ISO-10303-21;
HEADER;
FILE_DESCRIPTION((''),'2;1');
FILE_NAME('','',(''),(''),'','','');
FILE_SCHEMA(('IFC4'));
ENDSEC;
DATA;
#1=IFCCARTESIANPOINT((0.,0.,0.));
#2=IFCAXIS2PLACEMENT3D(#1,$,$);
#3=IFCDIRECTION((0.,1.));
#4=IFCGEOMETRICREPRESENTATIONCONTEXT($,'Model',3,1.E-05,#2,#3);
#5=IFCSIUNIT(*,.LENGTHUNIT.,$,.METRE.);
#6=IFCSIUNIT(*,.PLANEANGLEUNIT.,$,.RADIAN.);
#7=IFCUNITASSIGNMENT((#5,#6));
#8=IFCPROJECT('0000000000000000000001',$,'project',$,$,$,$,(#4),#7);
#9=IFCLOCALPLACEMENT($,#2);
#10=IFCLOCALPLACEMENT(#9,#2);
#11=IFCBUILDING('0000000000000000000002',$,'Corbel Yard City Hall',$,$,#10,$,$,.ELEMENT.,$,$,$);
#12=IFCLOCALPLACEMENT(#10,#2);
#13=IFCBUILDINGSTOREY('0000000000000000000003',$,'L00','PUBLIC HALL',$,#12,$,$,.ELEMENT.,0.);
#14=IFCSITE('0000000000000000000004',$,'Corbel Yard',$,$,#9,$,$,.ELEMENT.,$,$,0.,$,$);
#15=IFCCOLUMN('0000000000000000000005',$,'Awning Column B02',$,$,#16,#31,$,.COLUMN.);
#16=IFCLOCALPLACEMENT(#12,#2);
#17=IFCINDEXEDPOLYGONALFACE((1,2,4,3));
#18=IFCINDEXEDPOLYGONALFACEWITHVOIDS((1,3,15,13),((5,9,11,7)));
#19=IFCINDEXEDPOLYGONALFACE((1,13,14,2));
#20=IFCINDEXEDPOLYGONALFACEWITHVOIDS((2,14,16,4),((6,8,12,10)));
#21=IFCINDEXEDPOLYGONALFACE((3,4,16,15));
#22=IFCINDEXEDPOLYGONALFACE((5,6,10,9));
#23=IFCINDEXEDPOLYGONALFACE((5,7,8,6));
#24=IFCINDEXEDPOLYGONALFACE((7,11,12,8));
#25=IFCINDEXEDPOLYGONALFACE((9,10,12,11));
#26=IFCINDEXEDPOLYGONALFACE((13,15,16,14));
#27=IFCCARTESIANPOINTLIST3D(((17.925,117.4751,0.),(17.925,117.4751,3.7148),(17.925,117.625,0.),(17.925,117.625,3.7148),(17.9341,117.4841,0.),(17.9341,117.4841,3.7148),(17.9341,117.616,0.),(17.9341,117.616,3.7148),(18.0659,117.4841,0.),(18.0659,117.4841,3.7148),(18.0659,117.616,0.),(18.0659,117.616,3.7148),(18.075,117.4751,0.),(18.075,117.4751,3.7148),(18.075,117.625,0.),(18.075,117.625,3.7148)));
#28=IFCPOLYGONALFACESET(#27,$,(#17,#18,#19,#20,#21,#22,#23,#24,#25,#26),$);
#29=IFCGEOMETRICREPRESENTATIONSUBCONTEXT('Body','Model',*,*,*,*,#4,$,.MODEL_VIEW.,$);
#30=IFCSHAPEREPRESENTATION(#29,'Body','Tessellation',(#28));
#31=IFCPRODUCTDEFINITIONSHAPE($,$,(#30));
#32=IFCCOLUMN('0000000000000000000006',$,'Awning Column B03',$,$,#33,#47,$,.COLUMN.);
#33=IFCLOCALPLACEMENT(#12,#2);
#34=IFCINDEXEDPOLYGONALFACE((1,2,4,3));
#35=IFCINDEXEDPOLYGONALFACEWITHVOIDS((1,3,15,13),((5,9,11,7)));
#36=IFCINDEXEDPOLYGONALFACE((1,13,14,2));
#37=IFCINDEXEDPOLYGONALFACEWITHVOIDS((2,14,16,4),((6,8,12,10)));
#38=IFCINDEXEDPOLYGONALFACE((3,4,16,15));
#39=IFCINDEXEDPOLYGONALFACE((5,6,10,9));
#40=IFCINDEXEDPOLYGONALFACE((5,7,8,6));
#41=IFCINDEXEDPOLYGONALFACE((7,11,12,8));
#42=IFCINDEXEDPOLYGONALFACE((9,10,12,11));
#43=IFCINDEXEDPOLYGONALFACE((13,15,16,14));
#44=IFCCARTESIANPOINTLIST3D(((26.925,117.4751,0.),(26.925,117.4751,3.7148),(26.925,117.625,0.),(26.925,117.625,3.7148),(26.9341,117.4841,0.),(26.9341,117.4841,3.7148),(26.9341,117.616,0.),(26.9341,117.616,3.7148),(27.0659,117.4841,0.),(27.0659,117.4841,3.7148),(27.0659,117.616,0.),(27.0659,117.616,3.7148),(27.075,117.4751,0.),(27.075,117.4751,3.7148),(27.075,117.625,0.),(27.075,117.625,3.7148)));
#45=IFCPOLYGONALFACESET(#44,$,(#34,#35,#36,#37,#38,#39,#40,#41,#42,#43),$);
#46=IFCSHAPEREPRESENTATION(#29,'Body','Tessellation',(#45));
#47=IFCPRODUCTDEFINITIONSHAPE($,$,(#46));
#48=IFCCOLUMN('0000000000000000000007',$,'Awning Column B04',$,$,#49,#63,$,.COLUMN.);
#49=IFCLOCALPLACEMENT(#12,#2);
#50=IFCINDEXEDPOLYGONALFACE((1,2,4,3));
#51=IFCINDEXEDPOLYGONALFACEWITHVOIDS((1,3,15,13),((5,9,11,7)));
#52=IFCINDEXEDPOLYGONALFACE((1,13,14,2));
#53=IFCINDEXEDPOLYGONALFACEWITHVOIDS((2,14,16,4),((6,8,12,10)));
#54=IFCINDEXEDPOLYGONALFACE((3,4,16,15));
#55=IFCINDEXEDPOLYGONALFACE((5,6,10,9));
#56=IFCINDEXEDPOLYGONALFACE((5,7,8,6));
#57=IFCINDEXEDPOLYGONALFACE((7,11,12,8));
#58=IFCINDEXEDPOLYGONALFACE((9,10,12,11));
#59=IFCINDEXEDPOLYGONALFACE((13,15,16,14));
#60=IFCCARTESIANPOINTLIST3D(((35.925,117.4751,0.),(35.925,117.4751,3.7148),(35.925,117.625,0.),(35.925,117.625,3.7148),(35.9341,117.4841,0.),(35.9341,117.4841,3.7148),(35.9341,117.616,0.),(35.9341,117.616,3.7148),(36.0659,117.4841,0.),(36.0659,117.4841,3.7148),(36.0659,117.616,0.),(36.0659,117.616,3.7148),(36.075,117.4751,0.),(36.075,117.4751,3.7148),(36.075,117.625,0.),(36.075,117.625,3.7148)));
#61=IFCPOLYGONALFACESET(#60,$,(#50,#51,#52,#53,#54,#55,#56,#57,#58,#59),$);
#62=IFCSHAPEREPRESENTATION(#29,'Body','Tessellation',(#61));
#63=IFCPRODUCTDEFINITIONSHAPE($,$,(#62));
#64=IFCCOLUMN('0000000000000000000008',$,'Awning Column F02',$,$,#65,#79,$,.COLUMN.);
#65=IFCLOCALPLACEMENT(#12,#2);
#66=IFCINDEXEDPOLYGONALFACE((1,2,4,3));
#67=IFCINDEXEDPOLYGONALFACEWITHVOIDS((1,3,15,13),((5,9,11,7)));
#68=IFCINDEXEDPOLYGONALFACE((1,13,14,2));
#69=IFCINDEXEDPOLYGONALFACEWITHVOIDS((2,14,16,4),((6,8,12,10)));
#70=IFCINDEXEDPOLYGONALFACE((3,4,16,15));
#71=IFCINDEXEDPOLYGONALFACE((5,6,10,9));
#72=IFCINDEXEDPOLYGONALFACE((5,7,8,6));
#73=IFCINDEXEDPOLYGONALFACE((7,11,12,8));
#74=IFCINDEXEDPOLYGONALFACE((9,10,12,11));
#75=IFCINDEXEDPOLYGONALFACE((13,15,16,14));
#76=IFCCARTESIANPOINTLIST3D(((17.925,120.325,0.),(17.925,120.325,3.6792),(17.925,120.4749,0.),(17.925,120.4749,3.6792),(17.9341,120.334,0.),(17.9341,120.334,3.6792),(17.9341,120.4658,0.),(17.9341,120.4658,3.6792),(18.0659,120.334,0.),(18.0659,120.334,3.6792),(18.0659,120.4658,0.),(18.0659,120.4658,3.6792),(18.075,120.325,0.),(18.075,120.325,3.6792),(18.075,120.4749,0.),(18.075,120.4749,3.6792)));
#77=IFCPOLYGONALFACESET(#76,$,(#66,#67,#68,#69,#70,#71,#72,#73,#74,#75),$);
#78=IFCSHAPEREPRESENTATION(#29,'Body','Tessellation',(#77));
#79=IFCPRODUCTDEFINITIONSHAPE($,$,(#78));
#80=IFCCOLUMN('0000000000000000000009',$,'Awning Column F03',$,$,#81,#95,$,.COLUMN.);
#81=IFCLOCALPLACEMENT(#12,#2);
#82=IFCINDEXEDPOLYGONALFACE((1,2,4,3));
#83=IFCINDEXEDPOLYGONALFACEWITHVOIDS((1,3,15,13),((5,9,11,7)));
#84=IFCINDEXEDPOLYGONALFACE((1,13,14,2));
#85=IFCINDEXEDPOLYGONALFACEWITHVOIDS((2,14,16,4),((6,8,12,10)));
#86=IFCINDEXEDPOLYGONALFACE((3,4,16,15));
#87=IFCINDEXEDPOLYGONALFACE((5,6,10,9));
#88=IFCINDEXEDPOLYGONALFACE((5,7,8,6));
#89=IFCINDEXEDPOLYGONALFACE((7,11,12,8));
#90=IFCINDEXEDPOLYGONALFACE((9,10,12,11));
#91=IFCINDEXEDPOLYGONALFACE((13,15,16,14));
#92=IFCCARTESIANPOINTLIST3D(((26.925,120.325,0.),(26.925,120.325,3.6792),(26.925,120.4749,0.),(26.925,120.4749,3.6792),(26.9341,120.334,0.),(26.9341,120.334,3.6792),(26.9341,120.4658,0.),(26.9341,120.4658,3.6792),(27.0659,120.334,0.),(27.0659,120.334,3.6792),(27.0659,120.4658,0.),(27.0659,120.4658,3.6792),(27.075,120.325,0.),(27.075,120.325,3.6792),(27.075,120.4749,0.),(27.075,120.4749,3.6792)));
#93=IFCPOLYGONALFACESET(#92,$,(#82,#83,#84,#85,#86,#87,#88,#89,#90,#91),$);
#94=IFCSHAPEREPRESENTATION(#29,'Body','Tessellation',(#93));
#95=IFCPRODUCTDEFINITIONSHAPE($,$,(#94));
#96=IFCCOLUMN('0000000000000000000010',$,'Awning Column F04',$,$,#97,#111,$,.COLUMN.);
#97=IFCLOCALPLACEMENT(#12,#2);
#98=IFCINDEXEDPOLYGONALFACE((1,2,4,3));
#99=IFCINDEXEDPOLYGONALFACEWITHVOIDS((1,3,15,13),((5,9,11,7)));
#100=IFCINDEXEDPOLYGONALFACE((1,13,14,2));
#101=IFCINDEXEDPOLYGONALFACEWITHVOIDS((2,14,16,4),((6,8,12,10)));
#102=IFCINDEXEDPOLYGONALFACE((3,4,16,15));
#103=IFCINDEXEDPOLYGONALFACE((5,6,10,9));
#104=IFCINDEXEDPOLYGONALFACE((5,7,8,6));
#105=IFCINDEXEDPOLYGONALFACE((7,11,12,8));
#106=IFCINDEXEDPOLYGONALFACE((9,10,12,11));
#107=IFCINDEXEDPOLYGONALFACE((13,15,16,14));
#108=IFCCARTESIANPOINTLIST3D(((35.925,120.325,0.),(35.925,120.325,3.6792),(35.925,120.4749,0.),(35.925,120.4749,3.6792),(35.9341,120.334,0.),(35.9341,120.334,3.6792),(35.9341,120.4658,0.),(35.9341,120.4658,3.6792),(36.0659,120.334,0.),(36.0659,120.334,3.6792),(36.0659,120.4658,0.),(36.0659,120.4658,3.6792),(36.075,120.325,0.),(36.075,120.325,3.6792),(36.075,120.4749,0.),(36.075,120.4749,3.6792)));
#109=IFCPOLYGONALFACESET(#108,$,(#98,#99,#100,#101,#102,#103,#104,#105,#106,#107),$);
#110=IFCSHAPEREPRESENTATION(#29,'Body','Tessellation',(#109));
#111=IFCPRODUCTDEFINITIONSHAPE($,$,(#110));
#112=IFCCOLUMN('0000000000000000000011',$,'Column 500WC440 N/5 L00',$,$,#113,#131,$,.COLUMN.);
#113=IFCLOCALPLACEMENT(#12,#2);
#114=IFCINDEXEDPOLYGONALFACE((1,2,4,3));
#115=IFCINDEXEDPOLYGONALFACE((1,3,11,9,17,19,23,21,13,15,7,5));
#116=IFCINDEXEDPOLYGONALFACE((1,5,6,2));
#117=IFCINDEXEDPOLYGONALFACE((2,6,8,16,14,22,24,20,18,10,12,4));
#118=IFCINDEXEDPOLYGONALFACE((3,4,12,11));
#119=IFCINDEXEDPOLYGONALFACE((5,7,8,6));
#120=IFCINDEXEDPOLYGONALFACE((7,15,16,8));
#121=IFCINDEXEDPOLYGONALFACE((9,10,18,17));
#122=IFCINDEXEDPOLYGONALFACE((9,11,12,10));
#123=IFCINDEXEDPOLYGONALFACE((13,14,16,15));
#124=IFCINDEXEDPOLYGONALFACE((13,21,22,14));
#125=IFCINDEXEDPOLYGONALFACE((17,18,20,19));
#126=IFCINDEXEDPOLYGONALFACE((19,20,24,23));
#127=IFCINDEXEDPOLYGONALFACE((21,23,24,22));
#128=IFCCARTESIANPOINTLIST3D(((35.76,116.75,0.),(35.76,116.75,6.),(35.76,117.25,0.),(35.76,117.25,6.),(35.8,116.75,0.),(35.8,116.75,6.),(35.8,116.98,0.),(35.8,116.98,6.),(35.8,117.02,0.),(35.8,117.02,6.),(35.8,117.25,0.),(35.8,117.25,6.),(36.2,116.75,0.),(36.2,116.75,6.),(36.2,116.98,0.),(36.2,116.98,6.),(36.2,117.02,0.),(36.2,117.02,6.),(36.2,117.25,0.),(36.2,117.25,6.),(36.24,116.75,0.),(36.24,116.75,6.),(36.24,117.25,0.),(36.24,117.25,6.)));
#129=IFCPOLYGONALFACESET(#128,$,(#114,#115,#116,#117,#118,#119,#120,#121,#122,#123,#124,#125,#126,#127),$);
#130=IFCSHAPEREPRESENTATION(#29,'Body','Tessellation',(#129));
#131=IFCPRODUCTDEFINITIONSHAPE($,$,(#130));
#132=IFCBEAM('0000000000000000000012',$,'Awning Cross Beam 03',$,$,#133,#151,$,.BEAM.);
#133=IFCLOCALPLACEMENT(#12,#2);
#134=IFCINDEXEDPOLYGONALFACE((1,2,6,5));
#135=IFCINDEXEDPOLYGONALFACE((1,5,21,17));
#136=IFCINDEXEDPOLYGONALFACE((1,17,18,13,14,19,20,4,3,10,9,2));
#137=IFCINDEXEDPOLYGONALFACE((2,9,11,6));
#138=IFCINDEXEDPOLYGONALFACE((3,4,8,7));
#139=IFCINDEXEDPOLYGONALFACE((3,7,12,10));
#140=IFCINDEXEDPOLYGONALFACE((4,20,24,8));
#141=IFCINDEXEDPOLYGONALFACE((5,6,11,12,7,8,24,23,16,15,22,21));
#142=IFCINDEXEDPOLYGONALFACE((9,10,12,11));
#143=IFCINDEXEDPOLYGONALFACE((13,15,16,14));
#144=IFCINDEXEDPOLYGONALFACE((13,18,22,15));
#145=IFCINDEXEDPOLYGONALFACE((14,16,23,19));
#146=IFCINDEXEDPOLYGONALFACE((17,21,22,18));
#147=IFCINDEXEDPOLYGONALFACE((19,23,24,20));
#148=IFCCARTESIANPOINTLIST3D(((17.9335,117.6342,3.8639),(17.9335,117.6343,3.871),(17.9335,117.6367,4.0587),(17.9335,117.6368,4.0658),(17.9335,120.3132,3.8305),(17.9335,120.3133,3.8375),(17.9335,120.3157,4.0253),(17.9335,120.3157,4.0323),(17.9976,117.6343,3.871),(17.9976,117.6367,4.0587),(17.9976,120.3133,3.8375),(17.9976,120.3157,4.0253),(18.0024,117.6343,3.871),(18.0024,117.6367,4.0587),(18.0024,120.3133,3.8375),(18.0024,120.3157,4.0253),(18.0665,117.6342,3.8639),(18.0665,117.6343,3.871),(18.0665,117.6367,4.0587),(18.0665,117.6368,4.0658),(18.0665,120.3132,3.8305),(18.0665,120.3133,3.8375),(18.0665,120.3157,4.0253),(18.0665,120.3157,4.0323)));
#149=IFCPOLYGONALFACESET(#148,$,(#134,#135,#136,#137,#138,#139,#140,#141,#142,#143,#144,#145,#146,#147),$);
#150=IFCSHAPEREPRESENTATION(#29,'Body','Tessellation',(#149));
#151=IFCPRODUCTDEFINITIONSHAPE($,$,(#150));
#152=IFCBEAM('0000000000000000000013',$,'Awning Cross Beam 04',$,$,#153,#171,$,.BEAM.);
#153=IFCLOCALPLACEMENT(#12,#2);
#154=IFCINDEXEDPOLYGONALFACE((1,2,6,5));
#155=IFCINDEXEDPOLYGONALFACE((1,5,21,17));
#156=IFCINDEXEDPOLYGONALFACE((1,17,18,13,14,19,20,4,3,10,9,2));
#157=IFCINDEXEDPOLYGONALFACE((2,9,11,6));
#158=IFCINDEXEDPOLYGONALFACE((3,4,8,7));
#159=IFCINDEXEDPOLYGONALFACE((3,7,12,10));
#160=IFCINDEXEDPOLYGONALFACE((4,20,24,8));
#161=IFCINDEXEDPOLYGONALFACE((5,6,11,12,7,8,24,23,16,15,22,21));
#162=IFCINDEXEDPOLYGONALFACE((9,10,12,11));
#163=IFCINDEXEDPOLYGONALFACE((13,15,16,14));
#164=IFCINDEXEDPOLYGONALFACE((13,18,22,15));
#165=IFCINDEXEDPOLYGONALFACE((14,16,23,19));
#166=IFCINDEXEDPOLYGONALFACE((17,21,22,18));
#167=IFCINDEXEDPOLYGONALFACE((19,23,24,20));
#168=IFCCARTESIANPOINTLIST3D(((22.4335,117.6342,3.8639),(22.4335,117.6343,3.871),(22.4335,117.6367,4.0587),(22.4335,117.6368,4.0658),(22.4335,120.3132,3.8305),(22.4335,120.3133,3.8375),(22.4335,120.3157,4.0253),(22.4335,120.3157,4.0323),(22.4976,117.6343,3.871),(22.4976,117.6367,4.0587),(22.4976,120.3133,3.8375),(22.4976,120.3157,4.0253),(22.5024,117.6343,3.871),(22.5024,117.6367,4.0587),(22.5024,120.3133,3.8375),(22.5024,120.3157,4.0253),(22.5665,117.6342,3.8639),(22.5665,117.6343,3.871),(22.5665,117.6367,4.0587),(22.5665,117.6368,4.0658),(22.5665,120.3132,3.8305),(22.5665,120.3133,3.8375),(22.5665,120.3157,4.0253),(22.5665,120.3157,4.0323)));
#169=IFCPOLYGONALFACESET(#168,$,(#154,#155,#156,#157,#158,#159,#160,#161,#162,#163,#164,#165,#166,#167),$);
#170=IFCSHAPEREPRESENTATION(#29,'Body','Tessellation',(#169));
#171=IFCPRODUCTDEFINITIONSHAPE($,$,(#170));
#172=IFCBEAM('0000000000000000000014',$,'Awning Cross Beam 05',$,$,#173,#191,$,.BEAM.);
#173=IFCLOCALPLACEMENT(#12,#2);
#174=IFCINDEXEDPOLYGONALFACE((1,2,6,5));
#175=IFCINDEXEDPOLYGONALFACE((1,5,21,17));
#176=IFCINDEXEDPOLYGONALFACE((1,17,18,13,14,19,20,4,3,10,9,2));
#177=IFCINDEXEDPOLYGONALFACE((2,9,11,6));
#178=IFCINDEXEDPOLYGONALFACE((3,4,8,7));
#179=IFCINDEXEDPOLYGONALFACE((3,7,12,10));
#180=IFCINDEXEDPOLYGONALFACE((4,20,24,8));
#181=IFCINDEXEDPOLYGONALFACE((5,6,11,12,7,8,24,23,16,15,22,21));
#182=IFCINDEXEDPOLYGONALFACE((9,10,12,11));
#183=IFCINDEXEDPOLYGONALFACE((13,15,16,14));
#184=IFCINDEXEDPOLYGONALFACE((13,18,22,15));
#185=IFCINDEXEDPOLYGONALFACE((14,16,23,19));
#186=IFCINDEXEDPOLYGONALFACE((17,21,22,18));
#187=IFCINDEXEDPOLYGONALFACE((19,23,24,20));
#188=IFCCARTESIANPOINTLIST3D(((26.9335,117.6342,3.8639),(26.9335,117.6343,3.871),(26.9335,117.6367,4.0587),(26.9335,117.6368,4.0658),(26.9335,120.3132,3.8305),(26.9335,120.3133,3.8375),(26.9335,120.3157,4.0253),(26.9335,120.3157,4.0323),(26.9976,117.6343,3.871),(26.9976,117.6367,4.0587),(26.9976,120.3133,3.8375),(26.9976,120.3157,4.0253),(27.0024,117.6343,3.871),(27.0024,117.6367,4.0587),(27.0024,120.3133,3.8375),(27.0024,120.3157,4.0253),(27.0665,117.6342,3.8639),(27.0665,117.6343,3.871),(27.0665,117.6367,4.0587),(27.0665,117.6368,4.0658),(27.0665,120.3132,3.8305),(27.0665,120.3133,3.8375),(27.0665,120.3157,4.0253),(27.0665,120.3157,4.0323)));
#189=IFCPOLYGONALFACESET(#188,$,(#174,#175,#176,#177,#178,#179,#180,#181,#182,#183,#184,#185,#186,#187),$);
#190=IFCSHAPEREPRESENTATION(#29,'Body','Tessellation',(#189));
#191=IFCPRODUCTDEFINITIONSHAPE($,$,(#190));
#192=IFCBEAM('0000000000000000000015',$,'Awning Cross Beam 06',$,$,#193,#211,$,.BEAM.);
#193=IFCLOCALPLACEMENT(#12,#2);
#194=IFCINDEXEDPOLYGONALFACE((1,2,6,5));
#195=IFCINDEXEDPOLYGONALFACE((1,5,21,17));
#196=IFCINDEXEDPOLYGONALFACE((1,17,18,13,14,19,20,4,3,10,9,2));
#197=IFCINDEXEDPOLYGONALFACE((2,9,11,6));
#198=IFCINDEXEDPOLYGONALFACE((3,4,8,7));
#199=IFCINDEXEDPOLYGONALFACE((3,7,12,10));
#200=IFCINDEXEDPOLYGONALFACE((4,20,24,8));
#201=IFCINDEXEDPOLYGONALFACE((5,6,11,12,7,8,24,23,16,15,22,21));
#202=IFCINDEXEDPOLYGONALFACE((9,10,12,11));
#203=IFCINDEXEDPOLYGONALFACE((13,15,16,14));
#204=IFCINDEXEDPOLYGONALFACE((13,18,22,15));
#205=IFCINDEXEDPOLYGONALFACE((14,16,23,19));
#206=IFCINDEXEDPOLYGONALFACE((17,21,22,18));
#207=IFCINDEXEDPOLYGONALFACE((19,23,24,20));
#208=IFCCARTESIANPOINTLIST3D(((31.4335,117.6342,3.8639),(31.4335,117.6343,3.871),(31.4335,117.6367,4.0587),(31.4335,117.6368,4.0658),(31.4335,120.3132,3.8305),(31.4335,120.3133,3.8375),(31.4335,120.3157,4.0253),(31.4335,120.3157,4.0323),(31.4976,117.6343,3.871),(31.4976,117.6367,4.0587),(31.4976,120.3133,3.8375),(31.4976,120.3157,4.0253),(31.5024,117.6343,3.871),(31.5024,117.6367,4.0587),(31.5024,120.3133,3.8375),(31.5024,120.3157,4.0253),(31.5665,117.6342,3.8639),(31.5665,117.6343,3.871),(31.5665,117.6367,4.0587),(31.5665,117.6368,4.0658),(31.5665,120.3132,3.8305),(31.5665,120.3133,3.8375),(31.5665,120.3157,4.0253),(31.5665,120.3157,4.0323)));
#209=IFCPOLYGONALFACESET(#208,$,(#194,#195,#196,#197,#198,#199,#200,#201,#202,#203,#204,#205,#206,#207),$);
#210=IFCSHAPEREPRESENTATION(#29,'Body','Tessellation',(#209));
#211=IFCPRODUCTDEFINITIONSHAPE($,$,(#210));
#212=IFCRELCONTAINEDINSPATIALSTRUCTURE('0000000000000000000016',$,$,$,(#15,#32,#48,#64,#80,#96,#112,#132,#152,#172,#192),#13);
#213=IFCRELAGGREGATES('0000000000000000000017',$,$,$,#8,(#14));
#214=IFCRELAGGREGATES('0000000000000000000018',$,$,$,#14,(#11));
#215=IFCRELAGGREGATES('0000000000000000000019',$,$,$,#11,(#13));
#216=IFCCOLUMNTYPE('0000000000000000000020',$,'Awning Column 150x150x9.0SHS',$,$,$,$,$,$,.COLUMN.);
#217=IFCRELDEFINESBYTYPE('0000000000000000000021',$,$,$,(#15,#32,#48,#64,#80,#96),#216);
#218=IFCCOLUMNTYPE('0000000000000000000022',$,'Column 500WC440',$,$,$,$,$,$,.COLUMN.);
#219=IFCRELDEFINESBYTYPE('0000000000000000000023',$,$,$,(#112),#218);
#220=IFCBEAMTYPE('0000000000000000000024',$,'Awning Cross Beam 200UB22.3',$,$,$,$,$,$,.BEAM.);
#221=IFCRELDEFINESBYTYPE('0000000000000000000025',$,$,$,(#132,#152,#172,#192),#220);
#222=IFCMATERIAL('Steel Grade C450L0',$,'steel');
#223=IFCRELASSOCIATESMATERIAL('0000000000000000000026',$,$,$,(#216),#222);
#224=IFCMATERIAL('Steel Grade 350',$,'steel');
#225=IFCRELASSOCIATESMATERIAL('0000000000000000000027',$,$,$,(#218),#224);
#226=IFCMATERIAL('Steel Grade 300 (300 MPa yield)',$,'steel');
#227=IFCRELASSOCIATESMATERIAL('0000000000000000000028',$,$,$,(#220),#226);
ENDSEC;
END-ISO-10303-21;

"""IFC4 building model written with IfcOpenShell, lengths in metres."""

from ifc_helpers import new_model, si_unit, direction, frame, origin, origin_2d, place, context, subcontext, project, spatial, hollow_rectangle, i_section, extrude, material, material_profile, profile_set, type_object, element, save


model = new_model("IFC4")

# Units and contexts
model_context = context("Model", 3, precision=1e-05, world=origin(), true_north=direction((0.0, 1.0)))
body_context = subcontext(model_context, "Body", "Model", "MODEL_VIEW")
ifc_project = project(units=[si_unit("LENGTHUNIT", "METRE"), si_unit("PLANEANGLEUNIT", "RADIAN")], contexts=[model_context])

# Site, building, storey
site_placement = place(None, origin())
site = spatial("IfcSite", under=ifc_project, at=site_placement, Name="Corbel Yard", CompositionType="ELEMENT", RefElevation=0.0)
building_placement = place(site_placement, origin())
building = spatial("IfcBuilding", under=site, at=building_placement, Name="Corbel Yard City Hall", CompositionType="ELEMENT")
storey_placement = place(building_placement, origin())
storey = spatial("IfcBuildingStorey", under=building, at=storey_placement, Name="L00", Description="PUBLIC HALL", CompositionType="ELEMENT", Elevation=0.0)

# Columns
ifc_material_1 = material(Name="Steel Grade C450L0", Category="steel")
ifc_material_profile_1 = material_profile(ifc_material_1, hollow_rectangle(XDim=0.1499, YDim=0.1499, WallThickness=0.009, at=origin_2d()), Name="150x150x9.0SHS")
ifc_profile_set_1 = profile_set([ifc_material_profile_1], Name="Steel Grade C450L0")
column_type_1 = type_object("IfcColumnType", Name="Awning Column 150x150x9.0SHS", PredefinedType="COLUMN", material=ifc_profile_set_1)
for number, where, z_axis, x_axis, name in (
    (1, (18.0, 117.55, 0.0), (0.0, 0.0, 1.0), (1.0, 0.0, 0.0), "Awning Column B02"),
    (2, (27.0, 117.55, 0.0), (0.0, 0.0, 1.0), (1.0, 0.0, 0.0), "Awning Column B03"),
    (3, (36.0, 117.55, 0.0), (0.0, 0.0, 1.0), (1.0, 0.0, 0.0), "Awning Column B04"),
):
    element("IfcColumn", number, at=place(storey_placement, frame(where, z_axis=z_axis, x_axis=x_axis)), inside=storey, type_object=column_type_1, Name=name, PredefinedType="COLUMN", context=body_context, shape_type="SweptSolid", body=[
        extrude(hollow_rectangle(XDim=0.1499, YDim=0.1499, WallThickness=0.009, at=origin_2d()), origin(), (0.0, 0.0, 1.0), 3.7148),
    ])
for number, where, z_axis, x_axis, name in (
    (4, (18.0, 120.3999, 0.0), (0.0, 0.0, 1.0), (1.0, 0.0, 0.0), "Awning Column F02"),
    (5, (27.0, 120.3999, 0.0), (0.0, 0.0, 1.0), (1.0, 0.0, 0.0), "Awning Column F03"),
    (6, (36.0, 120.3999, 0.0), (0.0, 0.0, 1.0), (1.0, 0.0, 0.0), "Awning Column F04"),
):
    element("IfcColumn", number, at=place(storey_placement, frame(where, z_axis=z_axis, x_axis=x_axis)), inside=storey, type_object=column_type_1, Name=name, PredefinedType="COLUMN", context=body_context, shape_type="SweptSolid", body=[
        extrude(hollow_rectangle(XDim=0.1499, YDim=0.1499, WallThickness=0.009, at=origin_2d()), origin(), (0.0, 0.0, 1.0), 3.6792),
    ])
ifc_material_2 = material(Name="Steel Grade 350", Category="steel")
ifc_material_profile_2 = material_profile(ifc_material_2, i_section(OverallWidth=0.5, OverallDepth=0.48, WebThickness=0.04, FlangeThickness=0.04, at=origin_2d()), Name="500WC440")
ifc_profile_set_2 = profile_set([ifc_material_profile_2], Name="Steel Grade 350")
column_type_2 = type_object("IfcColumnType", Name="Column 500WC440", PredefinedType="COLUMN", material=ifc_profile_set_2)
column_placement = place(storey_placement, frame((36.0, 117.0, 0.0), z_axis=(0.0, 0.0, 1.0), x_axis=(0.0, 1.0, 0.0)))
element("IfcColumn", 7, at=column_placement, inside=storey, type_object=column_type_2, Name="Column 500WC440 N/5 L00", PredefinedType="COLUMN", context=body_context, shape_type="SweptSolid", body=[
    extrude(i_section(OverallWidth=0.5, OverallDepth=0.48, WebThickness=0.04, FlangeThickness=0.04, at=origin_2d()), origin(), (0.0, 0.0, 1.0), 6.0),
])

# Beams
ifc_material_3 = material(Name="Steel Grade 300 (300 MPa yield)", Category="steel")
ifc_material_profile_3 = material_profile(ifc_material_3, i_section(OverallWidth=0.1331, OverallDepth=0.2019, WebThickness=0.0049, FlangeThickness=0.0071, at=origin_2d()), Name="200UB22.3")
ifc_profile_set_3 = profile_set([ifc_material_profile_3], Name="Steel Grade 300 (300 MPa yield)")
beam_type_1 = type_object("IfcBeamType", Name="Awning Cross Beam 200UB22.3", PredefinedType="BEAM", material=ifc_profile_set_3)
for number, where, z_axis, x_axis, name in (
    (8, (18.0, 117.6355, 3.9648), (0.0, 0.999922, -0.012484), (-1.0, 0.0, 0.0), "Awning Cross Beam 03"),
    (9, (22.5, 117.6355, 3.9648), (0.0, 0.999922, -0.012484), (-1.0, 0.0, 0.0), "Awning Cross Beam 04"),
    (10, (27.0, 117.6355, 3.9648), (0.0, 0.999922, -0.012484), (-1.0, 0.0, 0.0), "Awning Cross Beam 05"),
    (11, (31.5, 117.6355, 3.9648), (0.0, 0.999922, -0.012484), (-1.0, 0.0, 0.0), "Awning Cross Beam 06"),
):
    element("IfcBeam", number, at=place(storey_placement, frame(where, z_axis=z_axis, x_axis=x_axis)), inside=storey, type_object=beam_type_1, Name=name, PredefinedType="BEAM", context=body_context, shape_type="SweptSolid", body=[
        extrude(i_section(OverallWidth=0.1331, OverallDepth=0.2019, WebThickness=0.0049, FlangeThickness=0.0071, at=origin_2d()), origin(), (0.0, 0.0, 1.0), 2.6792),
    ])

save(model, "model.ifc")
